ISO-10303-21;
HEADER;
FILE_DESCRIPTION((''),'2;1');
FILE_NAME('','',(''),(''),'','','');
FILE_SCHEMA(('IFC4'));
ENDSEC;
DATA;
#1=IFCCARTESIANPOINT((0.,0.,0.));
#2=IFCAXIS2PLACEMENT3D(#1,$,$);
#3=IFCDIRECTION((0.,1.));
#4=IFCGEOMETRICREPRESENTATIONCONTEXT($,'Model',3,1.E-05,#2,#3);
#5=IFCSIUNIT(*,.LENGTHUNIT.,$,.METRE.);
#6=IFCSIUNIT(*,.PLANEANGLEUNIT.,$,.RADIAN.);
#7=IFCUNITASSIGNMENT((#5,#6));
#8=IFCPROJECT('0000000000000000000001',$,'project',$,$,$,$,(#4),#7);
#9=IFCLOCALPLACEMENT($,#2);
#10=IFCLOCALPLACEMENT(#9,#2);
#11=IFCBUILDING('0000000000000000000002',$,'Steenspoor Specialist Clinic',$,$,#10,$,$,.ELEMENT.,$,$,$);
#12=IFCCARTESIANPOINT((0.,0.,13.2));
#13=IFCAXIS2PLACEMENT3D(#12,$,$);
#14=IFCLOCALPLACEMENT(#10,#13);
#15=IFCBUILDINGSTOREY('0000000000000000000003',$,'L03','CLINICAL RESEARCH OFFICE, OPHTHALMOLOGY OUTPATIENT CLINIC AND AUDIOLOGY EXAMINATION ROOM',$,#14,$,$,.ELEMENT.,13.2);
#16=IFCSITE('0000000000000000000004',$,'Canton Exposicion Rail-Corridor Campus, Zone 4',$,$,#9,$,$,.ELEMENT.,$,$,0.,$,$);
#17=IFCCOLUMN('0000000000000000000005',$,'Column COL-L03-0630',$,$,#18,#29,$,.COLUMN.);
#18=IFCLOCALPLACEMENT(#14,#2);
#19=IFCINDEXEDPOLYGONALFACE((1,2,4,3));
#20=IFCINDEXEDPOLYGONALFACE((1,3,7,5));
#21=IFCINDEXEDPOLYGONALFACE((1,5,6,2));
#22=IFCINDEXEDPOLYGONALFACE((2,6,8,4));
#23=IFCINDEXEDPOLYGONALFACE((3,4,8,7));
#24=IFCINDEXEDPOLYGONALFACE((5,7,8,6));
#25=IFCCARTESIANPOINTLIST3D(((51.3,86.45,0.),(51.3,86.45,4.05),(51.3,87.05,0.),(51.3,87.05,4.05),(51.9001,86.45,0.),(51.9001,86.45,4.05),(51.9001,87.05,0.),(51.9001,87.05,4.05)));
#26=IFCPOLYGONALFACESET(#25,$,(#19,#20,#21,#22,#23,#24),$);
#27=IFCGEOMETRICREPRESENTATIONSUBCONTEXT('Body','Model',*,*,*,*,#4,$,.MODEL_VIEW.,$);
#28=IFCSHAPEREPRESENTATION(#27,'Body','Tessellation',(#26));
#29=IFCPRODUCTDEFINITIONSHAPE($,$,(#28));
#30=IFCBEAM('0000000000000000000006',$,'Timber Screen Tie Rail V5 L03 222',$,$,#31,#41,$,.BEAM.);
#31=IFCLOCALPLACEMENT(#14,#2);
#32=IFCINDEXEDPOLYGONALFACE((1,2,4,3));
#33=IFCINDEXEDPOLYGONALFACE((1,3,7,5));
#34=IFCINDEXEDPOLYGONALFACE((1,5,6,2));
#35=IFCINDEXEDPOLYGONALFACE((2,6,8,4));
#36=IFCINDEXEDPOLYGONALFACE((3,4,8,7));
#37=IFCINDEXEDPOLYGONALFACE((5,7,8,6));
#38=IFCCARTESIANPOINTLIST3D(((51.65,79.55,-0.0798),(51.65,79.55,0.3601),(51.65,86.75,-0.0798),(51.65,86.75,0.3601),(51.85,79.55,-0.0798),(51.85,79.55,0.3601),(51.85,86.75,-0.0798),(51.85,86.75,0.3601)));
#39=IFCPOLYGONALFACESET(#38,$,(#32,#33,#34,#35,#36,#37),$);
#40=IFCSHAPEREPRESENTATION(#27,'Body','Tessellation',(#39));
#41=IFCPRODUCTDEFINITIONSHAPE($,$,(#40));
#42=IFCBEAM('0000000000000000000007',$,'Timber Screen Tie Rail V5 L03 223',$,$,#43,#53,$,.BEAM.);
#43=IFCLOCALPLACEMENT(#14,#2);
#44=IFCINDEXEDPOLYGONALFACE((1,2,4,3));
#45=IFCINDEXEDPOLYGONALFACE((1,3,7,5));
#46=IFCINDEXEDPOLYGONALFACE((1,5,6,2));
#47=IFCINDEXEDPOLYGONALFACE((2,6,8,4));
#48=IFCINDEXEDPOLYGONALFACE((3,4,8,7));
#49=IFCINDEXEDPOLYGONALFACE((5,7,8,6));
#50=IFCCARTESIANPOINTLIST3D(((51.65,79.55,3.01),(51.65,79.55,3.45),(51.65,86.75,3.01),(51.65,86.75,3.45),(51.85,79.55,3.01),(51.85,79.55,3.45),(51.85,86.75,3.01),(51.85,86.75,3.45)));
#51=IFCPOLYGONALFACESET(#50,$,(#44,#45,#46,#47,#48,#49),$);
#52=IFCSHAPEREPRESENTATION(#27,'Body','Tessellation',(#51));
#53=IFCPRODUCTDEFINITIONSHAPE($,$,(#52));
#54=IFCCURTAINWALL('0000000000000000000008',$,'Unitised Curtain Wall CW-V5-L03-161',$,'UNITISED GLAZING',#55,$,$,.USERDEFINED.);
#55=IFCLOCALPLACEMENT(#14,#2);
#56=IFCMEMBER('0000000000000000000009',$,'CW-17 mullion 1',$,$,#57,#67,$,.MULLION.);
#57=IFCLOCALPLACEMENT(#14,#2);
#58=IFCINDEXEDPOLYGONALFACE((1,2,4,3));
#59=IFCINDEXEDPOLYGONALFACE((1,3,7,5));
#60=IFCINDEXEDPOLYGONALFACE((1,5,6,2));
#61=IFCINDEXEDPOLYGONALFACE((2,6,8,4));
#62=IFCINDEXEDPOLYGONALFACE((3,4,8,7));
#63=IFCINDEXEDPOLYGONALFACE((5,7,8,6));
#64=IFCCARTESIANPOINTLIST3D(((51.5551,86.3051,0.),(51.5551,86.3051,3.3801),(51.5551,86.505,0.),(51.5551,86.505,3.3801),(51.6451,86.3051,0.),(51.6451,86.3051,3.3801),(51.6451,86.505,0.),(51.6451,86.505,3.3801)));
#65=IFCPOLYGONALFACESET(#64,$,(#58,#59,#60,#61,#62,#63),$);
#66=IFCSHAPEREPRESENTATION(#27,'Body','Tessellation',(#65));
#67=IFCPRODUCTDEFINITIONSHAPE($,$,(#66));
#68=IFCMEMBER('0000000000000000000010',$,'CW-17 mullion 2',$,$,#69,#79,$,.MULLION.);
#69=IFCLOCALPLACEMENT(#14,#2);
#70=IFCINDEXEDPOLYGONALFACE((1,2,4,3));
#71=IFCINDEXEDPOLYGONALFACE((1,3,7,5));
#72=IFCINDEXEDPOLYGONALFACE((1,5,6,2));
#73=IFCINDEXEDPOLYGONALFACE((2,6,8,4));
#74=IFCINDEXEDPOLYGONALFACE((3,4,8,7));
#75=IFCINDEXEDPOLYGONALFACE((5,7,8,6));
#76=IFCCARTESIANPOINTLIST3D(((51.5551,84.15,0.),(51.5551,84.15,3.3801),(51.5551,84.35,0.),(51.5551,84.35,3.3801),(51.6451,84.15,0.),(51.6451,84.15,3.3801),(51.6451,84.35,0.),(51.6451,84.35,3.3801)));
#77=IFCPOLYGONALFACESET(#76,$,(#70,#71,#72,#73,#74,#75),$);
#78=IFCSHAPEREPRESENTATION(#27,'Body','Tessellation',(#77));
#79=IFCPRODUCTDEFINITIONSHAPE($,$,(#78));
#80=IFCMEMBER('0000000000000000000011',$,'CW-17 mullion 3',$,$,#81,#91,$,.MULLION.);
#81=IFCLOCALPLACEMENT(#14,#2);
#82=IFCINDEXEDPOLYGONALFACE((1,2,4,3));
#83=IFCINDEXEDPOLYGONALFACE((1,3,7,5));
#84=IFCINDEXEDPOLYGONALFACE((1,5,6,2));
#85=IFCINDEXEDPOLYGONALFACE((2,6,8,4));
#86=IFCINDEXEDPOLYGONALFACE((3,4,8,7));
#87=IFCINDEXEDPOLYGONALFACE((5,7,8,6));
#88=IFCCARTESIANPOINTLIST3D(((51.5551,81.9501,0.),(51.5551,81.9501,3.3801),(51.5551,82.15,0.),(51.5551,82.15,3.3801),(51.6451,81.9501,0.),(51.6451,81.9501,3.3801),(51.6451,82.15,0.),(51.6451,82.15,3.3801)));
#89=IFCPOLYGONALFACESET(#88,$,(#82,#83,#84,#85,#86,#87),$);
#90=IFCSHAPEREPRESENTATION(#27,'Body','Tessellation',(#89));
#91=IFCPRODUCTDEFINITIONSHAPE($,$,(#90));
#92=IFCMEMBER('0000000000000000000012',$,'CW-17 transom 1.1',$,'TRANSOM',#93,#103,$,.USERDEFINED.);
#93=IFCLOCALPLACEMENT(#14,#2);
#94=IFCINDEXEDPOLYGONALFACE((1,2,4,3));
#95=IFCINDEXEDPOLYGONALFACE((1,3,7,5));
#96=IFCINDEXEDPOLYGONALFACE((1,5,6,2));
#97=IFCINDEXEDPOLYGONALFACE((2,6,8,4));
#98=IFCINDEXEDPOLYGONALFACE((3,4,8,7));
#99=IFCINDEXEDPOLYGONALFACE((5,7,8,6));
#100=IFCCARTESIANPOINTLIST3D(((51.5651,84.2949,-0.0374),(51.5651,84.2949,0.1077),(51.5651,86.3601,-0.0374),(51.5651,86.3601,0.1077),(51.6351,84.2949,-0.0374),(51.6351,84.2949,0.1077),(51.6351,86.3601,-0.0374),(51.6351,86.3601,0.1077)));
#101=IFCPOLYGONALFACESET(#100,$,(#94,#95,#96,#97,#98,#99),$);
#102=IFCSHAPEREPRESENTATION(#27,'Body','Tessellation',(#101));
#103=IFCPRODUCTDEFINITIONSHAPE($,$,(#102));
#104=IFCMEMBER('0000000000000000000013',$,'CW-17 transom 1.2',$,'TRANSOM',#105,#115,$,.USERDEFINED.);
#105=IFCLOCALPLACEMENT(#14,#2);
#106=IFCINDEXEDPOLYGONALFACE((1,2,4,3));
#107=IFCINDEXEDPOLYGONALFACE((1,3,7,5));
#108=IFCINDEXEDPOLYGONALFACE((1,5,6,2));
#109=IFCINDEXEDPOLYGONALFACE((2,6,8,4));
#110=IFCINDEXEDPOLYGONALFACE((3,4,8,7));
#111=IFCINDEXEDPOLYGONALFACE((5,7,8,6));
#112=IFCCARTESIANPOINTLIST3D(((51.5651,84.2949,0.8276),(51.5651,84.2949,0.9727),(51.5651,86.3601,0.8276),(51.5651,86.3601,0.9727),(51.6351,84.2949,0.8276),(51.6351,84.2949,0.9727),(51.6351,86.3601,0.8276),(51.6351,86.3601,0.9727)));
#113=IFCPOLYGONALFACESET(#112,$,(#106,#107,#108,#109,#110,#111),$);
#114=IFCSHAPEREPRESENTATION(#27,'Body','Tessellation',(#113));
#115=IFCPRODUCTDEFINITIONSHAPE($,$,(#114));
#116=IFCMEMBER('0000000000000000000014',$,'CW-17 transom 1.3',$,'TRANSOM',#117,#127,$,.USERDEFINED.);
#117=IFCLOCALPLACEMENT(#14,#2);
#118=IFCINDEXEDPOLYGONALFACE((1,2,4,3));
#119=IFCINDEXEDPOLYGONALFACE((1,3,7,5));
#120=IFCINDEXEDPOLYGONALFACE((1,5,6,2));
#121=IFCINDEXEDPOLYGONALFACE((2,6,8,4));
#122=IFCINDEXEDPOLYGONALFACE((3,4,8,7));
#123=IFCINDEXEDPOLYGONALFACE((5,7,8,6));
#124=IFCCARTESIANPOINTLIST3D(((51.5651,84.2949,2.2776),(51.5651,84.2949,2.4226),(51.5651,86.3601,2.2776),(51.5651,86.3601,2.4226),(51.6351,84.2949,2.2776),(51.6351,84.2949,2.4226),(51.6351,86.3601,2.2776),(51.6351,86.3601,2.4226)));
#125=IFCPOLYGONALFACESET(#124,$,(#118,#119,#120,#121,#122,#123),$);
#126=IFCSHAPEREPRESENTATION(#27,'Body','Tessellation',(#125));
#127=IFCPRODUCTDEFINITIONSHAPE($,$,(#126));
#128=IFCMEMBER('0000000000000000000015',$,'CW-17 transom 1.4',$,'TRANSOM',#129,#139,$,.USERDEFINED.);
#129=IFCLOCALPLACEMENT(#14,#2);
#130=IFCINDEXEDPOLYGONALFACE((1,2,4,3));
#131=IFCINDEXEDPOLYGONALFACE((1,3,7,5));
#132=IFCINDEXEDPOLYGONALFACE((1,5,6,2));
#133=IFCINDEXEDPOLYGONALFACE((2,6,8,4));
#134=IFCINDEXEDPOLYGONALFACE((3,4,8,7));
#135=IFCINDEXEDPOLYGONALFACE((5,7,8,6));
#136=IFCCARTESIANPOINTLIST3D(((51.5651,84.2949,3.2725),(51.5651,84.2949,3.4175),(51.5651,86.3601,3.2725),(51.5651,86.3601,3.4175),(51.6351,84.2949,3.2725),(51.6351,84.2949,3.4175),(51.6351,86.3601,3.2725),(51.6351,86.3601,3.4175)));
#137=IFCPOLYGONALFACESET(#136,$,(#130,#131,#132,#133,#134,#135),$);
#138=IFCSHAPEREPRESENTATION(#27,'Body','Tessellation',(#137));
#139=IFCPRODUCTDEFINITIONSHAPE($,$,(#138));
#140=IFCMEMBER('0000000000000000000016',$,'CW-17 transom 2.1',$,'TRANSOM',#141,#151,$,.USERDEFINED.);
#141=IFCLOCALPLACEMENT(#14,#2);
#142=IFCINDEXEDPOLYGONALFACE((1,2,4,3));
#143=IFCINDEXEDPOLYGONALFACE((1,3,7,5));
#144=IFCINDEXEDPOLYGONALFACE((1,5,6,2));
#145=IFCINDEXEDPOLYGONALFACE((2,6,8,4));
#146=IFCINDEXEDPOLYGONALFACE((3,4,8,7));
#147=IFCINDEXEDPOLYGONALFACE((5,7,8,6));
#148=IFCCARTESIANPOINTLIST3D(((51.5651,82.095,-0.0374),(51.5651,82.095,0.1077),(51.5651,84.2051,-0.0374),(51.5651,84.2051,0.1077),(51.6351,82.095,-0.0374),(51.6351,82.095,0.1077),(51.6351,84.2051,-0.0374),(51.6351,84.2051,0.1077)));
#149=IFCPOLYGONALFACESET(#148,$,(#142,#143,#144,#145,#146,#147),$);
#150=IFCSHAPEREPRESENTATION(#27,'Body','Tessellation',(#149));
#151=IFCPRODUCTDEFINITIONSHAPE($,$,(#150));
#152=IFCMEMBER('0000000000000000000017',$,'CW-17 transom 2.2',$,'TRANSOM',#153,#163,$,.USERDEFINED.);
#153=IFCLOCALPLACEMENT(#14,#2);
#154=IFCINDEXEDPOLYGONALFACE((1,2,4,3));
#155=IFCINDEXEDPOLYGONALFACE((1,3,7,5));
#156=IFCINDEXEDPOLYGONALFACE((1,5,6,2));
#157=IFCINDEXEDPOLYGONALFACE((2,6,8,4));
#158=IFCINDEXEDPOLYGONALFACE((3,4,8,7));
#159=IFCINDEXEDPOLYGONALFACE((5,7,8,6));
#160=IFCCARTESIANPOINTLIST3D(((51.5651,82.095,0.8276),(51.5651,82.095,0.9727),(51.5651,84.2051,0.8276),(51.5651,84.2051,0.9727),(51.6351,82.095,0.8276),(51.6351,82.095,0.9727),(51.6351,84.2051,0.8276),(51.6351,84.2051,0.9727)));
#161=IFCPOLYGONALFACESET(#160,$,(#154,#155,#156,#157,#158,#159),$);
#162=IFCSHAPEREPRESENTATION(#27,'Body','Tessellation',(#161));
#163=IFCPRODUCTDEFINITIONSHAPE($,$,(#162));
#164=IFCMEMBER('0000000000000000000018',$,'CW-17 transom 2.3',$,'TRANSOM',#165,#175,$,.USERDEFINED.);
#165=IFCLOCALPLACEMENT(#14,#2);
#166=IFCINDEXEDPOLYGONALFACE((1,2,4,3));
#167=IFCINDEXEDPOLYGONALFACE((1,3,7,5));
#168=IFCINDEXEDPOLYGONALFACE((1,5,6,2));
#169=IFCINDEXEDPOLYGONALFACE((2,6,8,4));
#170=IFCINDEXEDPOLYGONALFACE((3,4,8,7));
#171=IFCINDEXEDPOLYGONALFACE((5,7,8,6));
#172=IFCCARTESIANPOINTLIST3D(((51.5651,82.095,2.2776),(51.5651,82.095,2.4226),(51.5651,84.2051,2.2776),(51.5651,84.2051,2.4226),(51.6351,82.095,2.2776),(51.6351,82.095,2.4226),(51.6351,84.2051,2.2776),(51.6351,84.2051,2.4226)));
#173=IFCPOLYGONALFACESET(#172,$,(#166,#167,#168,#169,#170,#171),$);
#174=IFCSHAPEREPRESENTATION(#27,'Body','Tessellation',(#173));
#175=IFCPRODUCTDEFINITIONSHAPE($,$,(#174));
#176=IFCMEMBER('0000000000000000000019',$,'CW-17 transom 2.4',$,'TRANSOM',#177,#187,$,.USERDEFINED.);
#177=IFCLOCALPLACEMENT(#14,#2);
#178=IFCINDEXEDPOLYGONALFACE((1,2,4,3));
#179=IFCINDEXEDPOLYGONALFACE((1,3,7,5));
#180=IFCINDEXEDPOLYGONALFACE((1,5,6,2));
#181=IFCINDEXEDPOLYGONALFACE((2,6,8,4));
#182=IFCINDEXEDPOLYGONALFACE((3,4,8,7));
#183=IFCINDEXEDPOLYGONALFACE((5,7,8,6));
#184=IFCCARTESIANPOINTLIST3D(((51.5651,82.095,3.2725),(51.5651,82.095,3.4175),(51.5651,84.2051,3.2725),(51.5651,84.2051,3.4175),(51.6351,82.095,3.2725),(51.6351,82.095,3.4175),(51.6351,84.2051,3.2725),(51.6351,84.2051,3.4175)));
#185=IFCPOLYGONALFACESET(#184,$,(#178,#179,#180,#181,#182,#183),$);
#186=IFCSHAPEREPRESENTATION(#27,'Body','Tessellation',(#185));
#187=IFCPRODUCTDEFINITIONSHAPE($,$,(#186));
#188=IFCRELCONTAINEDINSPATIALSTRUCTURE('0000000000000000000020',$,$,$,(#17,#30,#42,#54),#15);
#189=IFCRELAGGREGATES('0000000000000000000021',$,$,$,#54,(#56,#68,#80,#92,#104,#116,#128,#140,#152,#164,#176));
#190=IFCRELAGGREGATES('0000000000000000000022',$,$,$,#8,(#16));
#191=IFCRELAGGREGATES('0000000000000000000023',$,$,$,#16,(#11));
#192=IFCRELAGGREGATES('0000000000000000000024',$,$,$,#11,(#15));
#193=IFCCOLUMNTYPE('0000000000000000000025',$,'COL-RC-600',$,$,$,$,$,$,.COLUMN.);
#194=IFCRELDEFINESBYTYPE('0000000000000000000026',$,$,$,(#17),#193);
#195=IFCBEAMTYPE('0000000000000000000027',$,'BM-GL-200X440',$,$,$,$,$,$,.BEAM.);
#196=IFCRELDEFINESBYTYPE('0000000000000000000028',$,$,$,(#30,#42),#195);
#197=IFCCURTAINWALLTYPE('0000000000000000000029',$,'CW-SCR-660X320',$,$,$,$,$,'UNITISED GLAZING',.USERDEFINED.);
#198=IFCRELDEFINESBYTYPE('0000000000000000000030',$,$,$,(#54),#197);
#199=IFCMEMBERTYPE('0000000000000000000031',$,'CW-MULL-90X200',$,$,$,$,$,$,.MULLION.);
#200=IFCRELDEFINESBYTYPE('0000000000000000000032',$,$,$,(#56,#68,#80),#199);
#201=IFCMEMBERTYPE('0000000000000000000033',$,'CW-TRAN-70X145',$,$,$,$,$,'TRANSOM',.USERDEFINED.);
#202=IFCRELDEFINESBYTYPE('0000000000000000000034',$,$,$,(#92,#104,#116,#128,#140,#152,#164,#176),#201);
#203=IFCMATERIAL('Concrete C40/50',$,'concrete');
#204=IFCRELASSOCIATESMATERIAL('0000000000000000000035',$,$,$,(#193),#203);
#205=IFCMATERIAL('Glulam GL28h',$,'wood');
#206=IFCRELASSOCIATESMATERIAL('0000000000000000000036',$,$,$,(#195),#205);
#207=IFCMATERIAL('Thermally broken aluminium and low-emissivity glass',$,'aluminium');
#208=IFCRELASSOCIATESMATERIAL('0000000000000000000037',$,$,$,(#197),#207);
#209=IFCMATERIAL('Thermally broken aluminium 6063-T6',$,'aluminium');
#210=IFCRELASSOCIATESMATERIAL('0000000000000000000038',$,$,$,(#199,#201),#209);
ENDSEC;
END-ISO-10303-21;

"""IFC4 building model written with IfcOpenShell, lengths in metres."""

from ifc_helpers import new_model, si_unit, direction, frame, origin, origin_2d, place, context, subcontext, project, spatial, rectangle, extrude, material, material_profile, profile_set, type_object, element, aggregate, save


model = new_model("IFC4")

# Units and contexts
model_context = context("Model", 3, precision=1e-05, world=origin(), true_north=direction((0.0, 1.0)))
body_context = subcontext(model_context, "Body", "Model", "MODEL_VIEW")
ifc_project = project(units=[si_unit("LENGTHUNIT", "METRE"), si_unit("PLANEANGLEUNIT", "RADIAN")], contexts=[model_context])

# Site, building, storey
site_placement = place(None, origin())
site = spatial("IfcSite", under=ifc_project, at=site_placement, Name="Canton Exposicion Rail-Corridor Campus, Zone 4", CompositionType="ELEMENT", RefElevation=0.0)
building_placement = place(site_placement, origin())
building = spatial("IfcBuilding", under=site, at=building_placement, Name="Steenspoor Specialist Clinic", CompositionType="ELEMENT")
storey_placement = place(building_placement, frame((0.0, 0.0, 13.2)))
storey = spatial("IfcBuildingStorey", under=building, at=storey_placement, Name="L03", Description="CLINICAL RESEARCH OFFICE, OPHTHALMOLOGY OUTPATIENT CLINIC AND AUDIOLOGY EXAMINATION ROOM", CompositionType="ELEMENT", Elevation=13.2)

# Column
ifc_material_1 = material(Name="Concrete C40/50", Category="concrete")
ifc_material_profile_1 = material_profile(ifc_material_1, rectangle(XDim=0.6001, YDim=0.6001, at=origin_2d()), Name="RC-COL-600X600")
ifc_profile_set_1 = profile_set([ifc_material_profile_1], Name="Concrete C40/50")
column_type = type_object("IfcColumnType", Name="COL-RC-600", PredefinedType="COLUMN", material=ifc_profile_set_1)
column_placement = place(storey_placement, frame((51.6001, 86.75, 0.0), z_axis=(0.0, 0.0, 1.0), x_axis=(1.0, 0.0, 0.0)))
element("IfcColumn", 1, at=column_placement, inside=storey, type_object=column_type, Name="Column COL-L03-0630", PredefinedType="COLUMN", context=body_context, shape_type="SweptSolid", body=[
    extrude(rectangle(XDim=0.6001, YDim=0.6001, at=origin_2d()), origin(), (0.0, 0.0, 1.0), 4.05),
])

# Beams
ifc_material_2 = material(Name="Glulam GL28h", Category="wood")
ifc_material_profile_2 = material_profile(ifc_material_2, rectangle(XDim=0.2, YDim=0.4399, at=origin_2d()), Name="GL28H-200X440")
ifc_profile_set_2 = profile_set([ifc_material_profile_2], Name="Glulam GL28h")
beam_type = type_object("IfcBeamType", Name="BM-GL-200X440", PredefinedType="BEAM", material=ifc_profile_set_2)
for number, where, z_axis, x_axis, name in (
    (2, (51.75, 86.75, 0.1401), (0.0, -1.0, 0.0), (1.0, 0.0, 0.0), "Timber Screen Tie Rail V5 L03 222"),
    (3, (51.75, 86.75, 3.23), (0.0, -1.0, 0.0), (1.0, 0.0, 0.0), "Timber Screen Tie Rail V5 L03 223"),
):
    element("IfcBeam", number, at=place(storey_placement, frame(where, z_axis=z_axis, x_axis=x_axis)), inside=storey, type_object=beam_type, Name=name, PredefinedType="BEAM", context=body_context, shape_type="SweptSolid", body=[
        extrude(rectangle(XDim=0.2, YDim=0.4399, at=origin_2d()), origin(), (0.0, 0.0, 1.0), 7.2),
    ])

# Curtain wall, members
ifc_material_3 = material(Name="Thermally broken aluminium and low-emissivity glass", Category="aluminium")
curtain_wall_type = type_object("IfcCurtainWallType", Name="CW-SCR-660X320", ElementType="UNITISED GLAZING", PredefinedType="USERDEFINED", material=ifc_material_3)
curtain_wall_placement = place(storey_placement, origin())
curtain_wall = element("IfcCurtainWall", 4, at=curtain_wall_placement, inside=storey, type_object=curtain_wall_type, Name="Unitised Curtain Wall CW-V5-L03-161", ObjectType="UNITISED GLAZING", PredefinedType="USERDEFINED")
ifc_material_4 = material(Name="Thermally broken aluminium 6063-T6", Category="aluminium")
ifc_material_profile_3 = material_profile(ifc_material_4, rectangle(XDim=0.0901, YDim=0.2, at=origin_2d()), Name="CWM-90X200")
ifc_profile_set_3 = profile_set([ifc_material_profile_3], Name="Thermally broken aluminium 6063-T6")
member_type_1 = type_object("IfcMemberType", Name="CW-MULL-90X200", PredefinedType="MULLION", material=ifc_profile_set_3)
member_1_placement = place(storey_placement, frame((51.6001, 86.405, 0.0), z_axis=(0.0, 0.0, 1.0), x_axis=(1.0, 0.0, 0.0)))
member_1 = element("IfcMember", 5, at=member_1_placement, type_object=member_type_1, Name="CW-17 mullion 1", PredefinedType="MULLION", context=body_context, shape_type="SweptSolid", body=[
    extrude(rectangle(XDim=0.0901, YDim=0.2, at=origin_2d()), origin(), (0.0, 0.0, 1.0), 3.3801),
])
member_2_placement = place(storey_placement, frame((51.6001, 84.25, 0.0), z_axis=(0.0, 0.0, 1.0), x_axis=(1.0, 0.0, 0.0)))
member_2 = element("IfcMember", 6, at=member_2_placement, type_object=member_type_1, Name="CW-17 mullion 2", PredefinedType="MULLION", context=body_context, shape_type="SweptSolid", body=[
    extrude(rectangle(XDim=0.0901, YDim=0.2, at=origin_2d()), origin(), (0.0, 0.0, 1.0), 3.3801),
])
member_3_placement = place(storey_placement, frame((51.6001, 82.05, 0.0), z_axis=(0.0, 0.0, 1.0), x_axis=(1.0, 0.0, 0.0)))
member_3 = element("IfcMember", 7, at=member_3_placement, type_object=member_type_1, Name="CW-17 mullion 3", PredefinedType="MULLION", context=body_context, shape_type="SweptSolid", body=[
    extrude(rectangle(XDim=0.0901, YDim=0.2, at=origin_2d()), origin(), (0.0, 0.0, 1.0), 3.3801),
])
ifc_material_profile_4 = material_profile(ifc_material_4, rectangle(XDim=0.0701, YDim=0.145, at=origin_2d()), Name="CWT-70X145")
ifc_profile_set_4 = profile_set([ifc_material_profile_4], Name="Thermally broken aluminium 6063-T6")
member_type_2 = type_object("IfcMemberType", Name="CW-TRAN-70X145", ElementType="TRANSOM", PredefinedType="USERDEFINED", material=ifc_profile_set_4)
member_4_placement = place(storey_placement, frame((51.6001, 86.3601, 0.0352), z_axis=(0.0, -1.0, 0.0), x_axis=(1.0, 0.0, 0.0)))
member_4 = element("IfcMember", 8, at=member_4_placement, type_object=member_type_2, Name="CW-17 transom 1.1", ObjectType="TRANSOM", PredefinedType="USERDEFINED", context=body_context, shape_type="SweptSolid", body=[
    extrude(rectangle(XDim=0.0701, YDim=0.145, at=origin_2d()), origin(), (0.0, 0.0, 1.0), 2.0652),
])
member_5_placement = place(storey_placement, frame((51.6001, 86.3601, 0.9001), z_axis=(0.0, -1.0, 0.0), x_axis=(1.0, 0.0, 0.0)))
member_5 = element("IfcMember", 9, at=member_5_placement, type_object=member_type_2, Name="CW-17 transom 1.2", ObjectType="TRANSOM", PredefinedType="USERDEFINED", context=body_context, shape_type="SweptSolid", body=[
    extrude(rectangle(XDim=0.0701, YDim=0.145, at=origin_2d()), origin(), (0.0, 0.0, 1.0), 2.0652),
])
member_6_placement = place(storey_placement, frame((51.6001, 86.3601, 2.3501), z_axis=(0.0, -1.0, 0.0), x_axis=(1.0, 0.0, 0.0)))
member_6 = element("IfcMember", 10, at=member_6_placement, type_object=member_type_2, Name="CW-17 transom 1.3", ObjectType="TRANSOM", PredefinedType="USERDEFINED", context=body_context, shape_type="SweptSolid", body=[
    extrude(rectangle(XDim=0.0701, YDim=0.145, at=origin_2d()), origin(), (0.0, 0.0, 1.0), 2.0652),
])
member_7_placement = place(storey_placement, frame((51.6001, 86.3601, 3.345), z_axis=(0.0, -1.0, 0.0), x_axis=(1.0, 0.0, 0.0)))
member_7 = element("IfcMember", 11, at=member_7_placement, type_object=member_type_2, Name="CW-17 transom 1.4", ObjectType="TRANSOM", PredefinedType="USERDEFINED", context=body_context, shape_type="SweptSolid", body=[
    extrude(rectangle(XDim=0.0701, YDim=0.145, at=origin_2d()), origin(), (0.0, 0.0, 1.0), 2.0652),
])
member_8_placement = place(storey_placement, frame((51.6001, 84.2051, 0.0352), z_axis=(0.0, -1.0, 0.0), x_axis=(1.0, 0.0, 0.0)))
member_8 = element("IfcMember", 12, at=member_8_placement, type_object=member_type_2, Name="CW-17 transom 2.1", ObjectType="TRANSOM", PredefinedType="USERDEFINED", context=body_context, shape_type="SweptSolid", body=[
    extrude(rectangle(XDim=0.0701, YDim=0.145, at=origin_2d()), origin(), (0.0, 0.0, 1.0), 2.1101),
])
member_9_placement = place(storey_placement, frame((51.6001, 84.2051, 0.9001), z_axis=(0.0, -1.0, 0.0), x_axis=(1.0, 0.0, 0.0)))
member_9 = element("IfcMember", 13, at=member_9_placement, type_object=member_type_2, Name="CW-17 transom 2.2", ObjectType="TRANSOM", PredefinedType="USERDEFINED", context=body_context, shape_type="SweptSolid", body=[
    extrude(rectangle(XDim=0.0701, YDim=0.145, at=origin_2d()), origin(), (0.0, 0.0, 1.0), 2.1101),
])
member_10_placement = place(storey_placement, frame((51.6001, 84.2051, 2.3501), z_axis=(0.0, -1.0, 0.0), x_axis=(1.0, 0.0, 0.0)))
member_10 = element("IfcMember", 14, at=member_10_placement, type_object=member_type_2, Name="CW-17 transom 2.3", ObjectType="TRANSOM", PredefinedType="USERDEFINED", context=body_context, shape_type="SweptSolid", body=[
    extrude(rectangle(XDim=0.0701, YDim=0.145, at=origin_2d()), origin(), (0.0, 0.0, 1.0), 2.1101),
])
member_11_placement = place(storey_placement, frame((51.6001, 84.2051, 3.345), z_axis=(0.0, -1.0, 0.0), x_axis=(1.0, 0.0, 0.0)))
member_11 = element("IfcMember", 15, at=member_11_placement, type_object=member_type_2, Name="CW-17 transom 2.4", ObjectType="TRANSOM", PredefinedType="USERDEFINED", context=body_context, shape_type="SweptSolid", body=[
    extrude(rectangle(XDim=0.0701, YDim=0.145, at=origin_2d()), origin(), (0.0, 0.0, 1.0), 2.1101),
])

aggregate(curtain_wall, [member_1, member_2, member_3, member_4, member_5, member_6, member_7, member_8, member_9, member_10, member_11])

save(model, "model.ifc")
